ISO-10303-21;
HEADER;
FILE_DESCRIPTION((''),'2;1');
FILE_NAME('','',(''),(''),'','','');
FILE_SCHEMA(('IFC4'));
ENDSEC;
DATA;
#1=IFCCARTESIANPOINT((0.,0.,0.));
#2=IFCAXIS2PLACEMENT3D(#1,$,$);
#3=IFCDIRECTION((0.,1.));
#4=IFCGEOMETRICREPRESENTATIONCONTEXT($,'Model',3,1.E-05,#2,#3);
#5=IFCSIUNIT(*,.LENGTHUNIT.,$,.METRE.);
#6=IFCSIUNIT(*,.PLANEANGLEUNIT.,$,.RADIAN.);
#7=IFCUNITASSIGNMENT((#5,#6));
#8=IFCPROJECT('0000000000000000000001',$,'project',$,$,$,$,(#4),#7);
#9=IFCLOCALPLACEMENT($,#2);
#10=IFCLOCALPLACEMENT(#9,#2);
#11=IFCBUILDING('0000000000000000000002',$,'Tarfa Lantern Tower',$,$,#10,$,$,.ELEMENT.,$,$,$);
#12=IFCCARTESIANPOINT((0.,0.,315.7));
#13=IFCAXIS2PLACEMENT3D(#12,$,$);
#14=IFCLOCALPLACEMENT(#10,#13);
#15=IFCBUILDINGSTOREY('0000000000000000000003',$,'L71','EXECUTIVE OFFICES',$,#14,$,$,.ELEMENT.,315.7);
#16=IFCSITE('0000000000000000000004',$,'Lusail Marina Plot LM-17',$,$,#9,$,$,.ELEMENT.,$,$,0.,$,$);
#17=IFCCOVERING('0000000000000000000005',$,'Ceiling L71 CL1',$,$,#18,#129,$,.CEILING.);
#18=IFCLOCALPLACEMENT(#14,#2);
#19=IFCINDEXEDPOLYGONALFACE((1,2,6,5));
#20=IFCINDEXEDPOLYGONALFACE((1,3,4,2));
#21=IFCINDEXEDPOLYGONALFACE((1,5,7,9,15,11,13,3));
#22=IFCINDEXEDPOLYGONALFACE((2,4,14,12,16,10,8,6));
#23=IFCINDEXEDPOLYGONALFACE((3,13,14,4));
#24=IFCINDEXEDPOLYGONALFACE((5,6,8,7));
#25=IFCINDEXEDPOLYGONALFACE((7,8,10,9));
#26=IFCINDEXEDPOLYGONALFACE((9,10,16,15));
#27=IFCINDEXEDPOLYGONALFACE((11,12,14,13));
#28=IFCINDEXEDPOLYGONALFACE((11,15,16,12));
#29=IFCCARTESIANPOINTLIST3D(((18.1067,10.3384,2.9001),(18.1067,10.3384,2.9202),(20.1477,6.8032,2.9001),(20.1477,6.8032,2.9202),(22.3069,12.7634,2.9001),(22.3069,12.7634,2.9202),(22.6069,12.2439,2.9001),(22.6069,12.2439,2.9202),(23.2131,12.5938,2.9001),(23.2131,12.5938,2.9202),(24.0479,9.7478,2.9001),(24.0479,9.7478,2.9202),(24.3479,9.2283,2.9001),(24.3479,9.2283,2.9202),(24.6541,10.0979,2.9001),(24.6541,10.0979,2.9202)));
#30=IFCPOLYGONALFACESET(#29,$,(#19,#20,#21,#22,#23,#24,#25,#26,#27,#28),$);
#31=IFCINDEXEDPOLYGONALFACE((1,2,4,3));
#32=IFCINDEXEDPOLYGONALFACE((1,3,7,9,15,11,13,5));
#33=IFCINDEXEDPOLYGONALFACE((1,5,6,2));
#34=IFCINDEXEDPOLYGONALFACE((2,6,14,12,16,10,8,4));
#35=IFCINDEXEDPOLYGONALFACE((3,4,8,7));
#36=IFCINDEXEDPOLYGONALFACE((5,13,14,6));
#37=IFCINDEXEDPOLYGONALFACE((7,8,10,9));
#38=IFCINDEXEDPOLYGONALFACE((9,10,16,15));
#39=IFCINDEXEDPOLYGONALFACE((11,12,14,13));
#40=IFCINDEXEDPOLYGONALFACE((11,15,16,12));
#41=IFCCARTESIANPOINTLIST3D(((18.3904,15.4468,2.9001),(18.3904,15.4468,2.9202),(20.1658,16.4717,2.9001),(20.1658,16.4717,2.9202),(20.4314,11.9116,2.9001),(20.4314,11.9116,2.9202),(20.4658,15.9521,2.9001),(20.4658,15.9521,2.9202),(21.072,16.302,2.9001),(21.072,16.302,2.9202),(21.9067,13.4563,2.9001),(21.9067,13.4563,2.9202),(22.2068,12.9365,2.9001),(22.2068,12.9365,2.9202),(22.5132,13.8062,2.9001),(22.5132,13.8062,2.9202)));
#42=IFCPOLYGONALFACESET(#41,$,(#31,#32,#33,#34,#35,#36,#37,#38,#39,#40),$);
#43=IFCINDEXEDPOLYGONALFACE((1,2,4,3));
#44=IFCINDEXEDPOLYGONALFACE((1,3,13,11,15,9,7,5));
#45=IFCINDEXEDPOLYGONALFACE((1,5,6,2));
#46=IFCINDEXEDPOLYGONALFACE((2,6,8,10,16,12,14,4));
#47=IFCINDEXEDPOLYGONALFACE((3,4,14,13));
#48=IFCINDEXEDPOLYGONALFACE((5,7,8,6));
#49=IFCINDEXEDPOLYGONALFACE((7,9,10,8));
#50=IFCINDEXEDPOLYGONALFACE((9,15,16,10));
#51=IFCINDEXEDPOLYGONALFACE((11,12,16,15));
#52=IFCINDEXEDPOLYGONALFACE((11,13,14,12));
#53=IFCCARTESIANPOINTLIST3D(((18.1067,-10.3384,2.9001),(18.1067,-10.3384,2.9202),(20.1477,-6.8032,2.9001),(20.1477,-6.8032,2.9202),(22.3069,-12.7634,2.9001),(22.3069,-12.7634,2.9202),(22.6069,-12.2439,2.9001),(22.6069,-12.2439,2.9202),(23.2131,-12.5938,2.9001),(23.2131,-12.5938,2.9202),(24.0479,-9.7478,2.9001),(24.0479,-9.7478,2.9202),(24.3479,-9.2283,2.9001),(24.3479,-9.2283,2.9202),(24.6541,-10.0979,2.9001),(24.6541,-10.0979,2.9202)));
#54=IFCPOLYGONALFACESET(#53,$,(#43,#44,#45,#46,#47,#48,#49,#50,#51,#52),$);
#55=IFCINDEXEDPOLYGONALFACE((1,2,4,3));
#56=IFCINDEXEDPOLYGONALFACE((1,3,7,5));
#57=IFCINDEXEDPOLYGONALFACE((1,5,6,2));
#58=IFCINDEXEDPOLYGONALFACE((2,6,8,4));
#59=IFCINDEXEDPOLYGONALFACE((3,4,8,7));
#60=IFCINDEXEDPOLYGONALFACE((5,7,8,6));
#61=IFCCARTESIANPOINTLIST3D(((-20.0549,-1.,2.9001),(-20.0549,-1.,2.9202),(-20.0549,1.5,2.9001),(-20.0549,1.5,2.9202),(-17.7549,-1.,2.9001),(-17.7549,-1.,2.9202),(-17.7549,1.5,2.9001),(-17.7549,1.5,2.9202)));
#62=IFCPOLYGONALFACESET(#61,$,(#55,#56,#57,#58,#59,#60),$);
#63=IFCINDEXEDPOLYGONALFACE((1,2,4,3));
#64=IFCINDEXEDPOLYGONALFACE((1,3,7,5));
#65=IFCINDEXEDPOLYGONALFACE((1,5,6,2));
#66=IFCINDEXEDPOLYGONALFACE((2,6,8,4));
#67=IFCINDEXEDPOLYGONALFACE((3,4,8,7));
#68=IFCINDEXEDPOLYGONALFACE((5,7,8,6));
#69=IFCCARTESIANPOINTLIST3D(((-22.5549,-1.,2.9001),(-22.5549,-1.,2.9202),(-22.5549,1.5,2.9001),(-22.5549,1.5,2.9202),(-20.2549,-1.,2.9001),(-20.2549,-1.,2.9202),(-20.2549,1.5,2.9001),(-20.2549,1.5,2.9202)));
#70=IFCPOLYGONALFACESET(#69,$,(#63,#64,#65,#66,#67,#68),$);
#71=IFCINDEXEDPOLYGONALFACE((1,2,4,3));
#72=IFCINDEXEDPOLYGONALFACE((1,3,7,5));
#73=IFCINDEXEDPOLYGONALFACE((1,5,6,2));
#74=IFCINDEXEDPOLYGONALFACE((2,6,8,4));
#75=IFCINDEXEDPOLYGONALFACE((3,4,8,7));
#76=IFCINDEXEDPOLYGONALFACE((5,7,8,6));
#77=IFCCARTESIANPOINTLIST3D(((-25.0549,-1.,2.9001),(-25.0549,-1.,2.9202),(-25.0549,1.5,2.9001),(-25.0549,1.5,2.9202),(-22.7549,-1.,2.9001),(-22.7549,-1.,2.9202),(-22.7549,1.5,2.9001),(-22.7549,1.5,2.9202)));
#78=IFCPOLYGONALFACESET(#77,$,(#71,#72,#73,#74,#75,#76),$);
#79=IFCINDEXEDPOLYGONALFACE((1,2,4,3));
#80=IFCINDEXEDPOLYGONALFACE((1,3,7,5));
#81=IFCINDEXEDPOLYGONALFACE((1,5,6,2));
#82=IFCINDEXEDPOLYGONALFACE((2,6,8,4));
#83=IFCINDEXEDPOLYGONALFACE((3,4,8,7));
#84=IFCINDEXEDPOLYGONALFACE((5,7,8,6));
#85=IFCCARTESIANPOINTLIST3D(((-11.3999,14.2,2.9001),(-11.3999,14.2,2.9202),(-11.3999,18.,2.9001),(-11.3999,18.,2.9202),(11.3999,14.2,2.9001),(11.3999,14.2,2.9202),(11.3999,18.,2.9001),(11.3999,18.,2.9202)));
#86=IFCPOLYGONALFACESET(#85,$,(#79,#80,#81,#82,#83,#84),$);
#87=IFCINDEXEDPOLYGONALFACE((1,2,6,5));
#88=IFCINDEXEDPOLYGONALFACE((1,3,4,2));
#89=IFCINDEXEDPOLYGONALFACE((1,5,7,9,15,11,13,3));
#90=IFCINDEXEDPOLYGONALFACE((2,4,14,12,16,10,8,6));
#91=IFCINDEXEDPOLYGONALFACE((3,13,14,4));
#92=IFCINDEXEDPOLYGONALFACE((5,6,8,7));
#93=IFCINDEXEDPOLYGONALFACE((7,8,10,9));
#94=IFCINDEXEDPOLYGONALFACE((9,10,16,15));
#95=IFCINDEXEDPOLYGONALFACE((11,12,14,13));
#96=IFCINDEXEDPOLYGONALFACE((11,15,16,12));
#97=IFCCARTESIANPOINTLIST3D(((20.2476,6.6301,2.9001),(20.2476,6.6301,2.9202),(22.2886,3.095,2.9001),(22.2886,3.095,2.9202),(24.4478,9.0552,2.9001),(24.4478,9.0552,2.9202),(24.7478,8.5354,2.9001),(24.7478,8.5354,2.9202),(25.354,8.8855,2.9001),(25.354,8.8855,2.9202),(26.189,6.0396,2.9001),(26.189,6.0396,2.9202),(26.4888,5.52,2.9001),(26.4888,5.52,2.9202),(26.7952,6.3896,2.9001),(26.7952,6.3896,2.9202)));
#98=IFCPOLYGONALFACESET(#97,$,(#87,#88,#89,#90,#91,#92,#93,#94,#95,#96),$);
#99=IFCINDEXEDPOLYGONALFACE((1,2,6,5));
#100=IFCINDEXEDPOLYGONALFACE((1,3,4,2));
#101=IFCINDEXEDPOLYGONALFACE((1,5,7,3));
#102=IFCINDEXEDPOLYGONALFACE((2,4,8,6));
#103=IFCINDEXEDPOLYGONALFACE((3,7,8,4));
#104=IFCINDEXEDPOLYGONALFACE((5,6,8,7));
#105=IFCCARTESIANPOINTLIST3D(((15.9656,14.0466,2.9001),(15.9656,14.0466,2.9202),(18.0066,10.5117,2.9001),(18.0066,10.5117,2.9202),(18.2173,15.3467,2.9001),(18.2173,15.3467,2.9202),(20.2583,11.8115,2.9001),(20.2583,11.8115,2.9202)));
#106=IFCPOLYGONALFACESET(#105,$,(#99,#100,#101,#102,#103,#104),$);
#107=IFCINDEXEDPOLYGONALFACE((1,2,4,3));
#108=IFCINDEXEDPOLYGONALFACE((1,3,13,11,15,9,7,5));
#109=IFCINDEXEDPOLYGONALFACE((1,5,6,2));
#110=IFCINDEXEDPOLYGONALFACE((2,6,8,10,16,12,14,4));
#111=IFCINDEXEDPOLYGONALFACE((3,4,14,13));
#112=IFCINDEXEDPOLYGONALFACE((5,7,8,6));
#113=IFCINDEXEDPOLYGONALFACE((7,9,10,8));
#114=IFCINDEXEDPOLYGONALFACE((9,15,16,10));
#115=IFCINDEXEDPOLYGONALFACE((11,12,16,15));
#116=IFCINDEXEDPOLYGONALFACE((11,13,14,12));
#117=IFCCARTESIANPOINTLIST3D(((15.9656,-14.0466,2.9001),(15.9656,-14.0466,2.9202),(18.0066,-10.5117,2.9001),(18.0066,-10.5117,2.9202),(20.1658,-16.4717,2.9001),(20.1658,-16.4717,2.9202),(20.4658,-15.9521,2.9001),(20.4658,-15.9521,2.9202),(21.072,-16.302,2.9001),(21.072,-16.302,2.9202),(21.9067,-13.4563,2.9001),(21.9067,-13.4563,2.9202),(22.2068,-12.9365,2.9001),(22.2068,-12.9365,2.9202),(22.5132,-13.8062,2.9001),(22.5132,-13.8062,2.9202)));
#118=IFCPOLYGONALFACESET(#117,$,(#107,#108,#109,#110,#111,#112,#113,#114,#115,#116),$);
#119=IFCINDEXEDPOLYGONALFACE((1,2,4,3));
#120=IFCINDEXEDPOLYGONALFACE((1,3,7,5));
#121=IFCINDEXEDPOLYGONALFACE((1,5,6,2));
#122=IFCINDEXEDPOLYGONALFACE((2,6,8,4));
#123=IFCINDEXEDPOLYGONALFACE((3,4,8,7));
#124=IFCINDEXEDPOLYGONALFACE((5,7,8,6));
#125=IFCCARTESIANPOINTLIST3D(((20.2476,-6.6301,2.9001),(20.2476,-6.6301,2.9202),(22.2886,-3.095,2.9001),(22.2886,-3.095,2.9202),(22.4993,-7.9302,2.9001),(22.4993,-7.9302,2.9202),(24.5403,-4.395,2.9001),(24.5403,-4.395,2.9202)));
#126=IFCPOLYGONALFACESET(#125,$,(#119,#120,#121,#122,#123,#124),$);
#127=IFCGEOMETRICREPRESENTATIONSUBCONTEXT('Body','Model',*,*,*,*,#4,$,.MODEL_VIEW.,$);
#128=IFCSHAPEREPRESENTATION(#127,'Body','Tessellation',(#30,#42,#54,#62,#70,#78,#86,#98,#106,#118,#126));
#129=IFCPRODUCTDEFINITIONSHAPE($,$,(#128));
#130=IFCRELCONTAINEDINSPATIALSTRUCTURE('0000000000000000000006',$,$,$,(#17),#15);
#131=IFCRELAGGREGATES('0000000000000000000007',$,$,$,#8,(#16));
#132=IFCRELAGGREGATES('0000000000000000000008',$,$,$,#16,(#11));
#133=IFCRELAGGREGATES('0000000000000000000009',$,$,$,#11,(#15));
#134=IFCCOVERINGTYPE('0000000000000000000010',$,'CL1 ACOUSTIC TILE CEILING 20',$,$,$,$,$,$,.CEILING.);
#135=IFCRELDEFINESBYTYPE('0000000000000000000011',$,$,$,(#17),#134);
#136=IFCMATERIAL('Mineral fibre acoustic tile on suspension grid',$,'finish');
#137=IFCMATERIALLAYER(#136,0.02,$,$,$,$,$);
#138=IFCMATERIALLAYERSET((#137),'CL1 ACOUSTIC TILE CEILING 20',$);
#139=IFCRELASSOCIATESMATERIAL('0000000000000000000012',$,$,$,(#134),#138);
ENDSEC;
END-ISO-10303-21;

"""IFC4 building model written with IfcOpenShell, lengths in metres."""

from ifc_helpers import new_model, si_unit, direction, frame, origin, place, context, subcontext, project, spatial, polyline, outline, extrude, material, layer, layer_set, type_object, element, save


model = new_model("IFC4")

# Units and contexts
model_context = context("Model", 3, precision=1e-05, world=origin(), true_north=direction((0.0, 1.0)))
body_context = subcontext(model_context, "Body", "Model", "MODEL_VIEW")
ifc_project = project(units=[si_unit("LENGTHUNIT", "METRE"), si_unit("PLANEANGLEUNIT", "RADIAN")], contexts=[model_context])

# Site, building, storey
site_placement = place(None, origin())
site = spatial("IfcSite", under=ifc_project, at=site_placement, Name="Lusail Marina Plot LM-17", CompositionType="ELEMENT", RefElevation=0.0)
building_placement = place(site_placement, origin())
building = spatial("IfcBuilding", under=site, at=building_placement, Name="Tarfa Lantern Tower", CompositionType="ELEMENT")
storey_placement = place(building_placement, frame((0.0, 0.0, 315.7)))
storey = spatial("IfcBuildingStorey", under=building, at=storey_placement, Name="L71", Description="EXECUTIVE OFFICES", CompositionType="ELEMENT", Elevation=315.7)

# Covering
ifc_material_1 = material(Name="Mineral fibre acoustic tile on suspension grid", Category="finish")
ifc_layer_1 = layer(ifc_material_1, 0.02)
ifc_layer_set_1 = layer_set([ifc_layer_1], Name="CL1 ACOUSTIC TILE CEILING 20")
covering_type_1 = type_object("IfcCoveringType", Name="CL1 ACOUSTIC TILE CEILING 20", PredefinedType="CEILING", material=ifc_layer_set_1)
covering_1_placement = place(storey_placement, frame((0.0, 0.0, 2.9001)))
element("IfcCovering", 1, at=covering_1_placement, inside=storey, type_object=covering_type_1, Name="Ceiling L71 CL1", PredefinedType="CEILING", context=body_context, shape_type="SweptSolid", body=[
    extrude(outline(polyline([(18.1067, 10.3384), (22.3069, 12.7634), (22.6069, 12.2439), (23.2131, 12.5938), (24.6541, 10.0979), (24.0479, 9.7478), (24.3479, 9.2283), (20.1477, 6.8032), (18.1067, 10.3384)])), origin(), (0.0, 0.0, 1.0), 0.02),
    extrude(outline(polyline([(18.3904, 15.4468), (20.1658, 16.4717), (20.4658, 15.9521), (21.072, 16.302), (22.5132, 13.8062), (21.9067, 13.4563), (22.2068, 12.9365), (20.4314, 11.9116), (18.3904, 15.4468)])), origin(), (0.0, 0.0, 1.0), 0.02),
    extrude(outline(polyline([(20.1477, -6.8032), (24.3479, -9.2283), (24.0479, -9.7478), (24.6541, -10.0979), (23.2131, -12.5938), (22.6069, -12.2439), (22.3069, -12.7634), (18.1067, -10.3384), (20.1477, -6.8032)])), origin(), (0.0, 0.0, 1.0), 0.02),
    extrude(outline(polyline([(-20.0549, -1.0), (-20.0549, 1.5), (-17.7549, 1.5), (-17.7549, -1.0), (-20.0549, -1.0)])), origin(), (0.0, 0.0, 1.0), 0.02),
    extrude(outline(polyline([(-22.5549, -1.0), (-22.5549, 1.5), (-20.2549, 1.5), (-20.2549, -1.0), (-22.5549, -1.0)])), origin(), (0.0, 0.0, 1.0), 0.02),
    extrude(outline(polyline([(-25.0549, -1.0), (-25.0549, 1.5), (-22.7549, 1.5), (-22.7549, -1.0), (-25.0549, -1.0)])), origin(), (0.0, 0.0, 1.0), 0.02),
    extrude(outline(polyline([(-11.3999, 18.0), (11.3999, 18.0), (11.3999, 14.2), (-11.3999, 14.2), (-11.3999, 18.0)])), origin(), (0.0, 0.0, 1.0), 0.02),
    extrude(outline(polyline([(20.2476, 6.6301), (24.4478, 9.0552), (24.7478, 8.5354), (25.354, 8.8855), (26.7952, 6.3896), (26.189, 6.0396), (26.4888, 5.52), (22.2886, 3.095), (20.2476, 6.6301)])), origin(), (0.0, 0.0, 1.0), 0.02),
    extrude(outline(polyline([(15.9656, 14.0466), (18.2173, 15.3467), (20.2583, 11.8115), (18.0066, 10.5117), (15.9656, 14.0466)])), origin(), (0.0, 0.0, 1.0), 0.02),
    extrude(outline(polyline([(18.0066, -10.5117), (22.2068, -12.9365), (21.9067, -13.4563), (22.5132, -13.8062), (21.072, -16.302), (20.4658, -15.9521), (20.1658, -16.4717), (15.9656, -14.0466), (18.0066, -10.5117)])), origin(), (0.0, 0.0, 1.0), 0.02),
    extrude(outline(polyline([(22.2886, -3.095), (24.5403, -4.395), (22.4993, -7.9302), (20.2476, -6.6301), (22.2886, -3.095)])), origin(), (0.0, 0.0, 1.0), 0.02),
])

save(model, "model.ifc")
